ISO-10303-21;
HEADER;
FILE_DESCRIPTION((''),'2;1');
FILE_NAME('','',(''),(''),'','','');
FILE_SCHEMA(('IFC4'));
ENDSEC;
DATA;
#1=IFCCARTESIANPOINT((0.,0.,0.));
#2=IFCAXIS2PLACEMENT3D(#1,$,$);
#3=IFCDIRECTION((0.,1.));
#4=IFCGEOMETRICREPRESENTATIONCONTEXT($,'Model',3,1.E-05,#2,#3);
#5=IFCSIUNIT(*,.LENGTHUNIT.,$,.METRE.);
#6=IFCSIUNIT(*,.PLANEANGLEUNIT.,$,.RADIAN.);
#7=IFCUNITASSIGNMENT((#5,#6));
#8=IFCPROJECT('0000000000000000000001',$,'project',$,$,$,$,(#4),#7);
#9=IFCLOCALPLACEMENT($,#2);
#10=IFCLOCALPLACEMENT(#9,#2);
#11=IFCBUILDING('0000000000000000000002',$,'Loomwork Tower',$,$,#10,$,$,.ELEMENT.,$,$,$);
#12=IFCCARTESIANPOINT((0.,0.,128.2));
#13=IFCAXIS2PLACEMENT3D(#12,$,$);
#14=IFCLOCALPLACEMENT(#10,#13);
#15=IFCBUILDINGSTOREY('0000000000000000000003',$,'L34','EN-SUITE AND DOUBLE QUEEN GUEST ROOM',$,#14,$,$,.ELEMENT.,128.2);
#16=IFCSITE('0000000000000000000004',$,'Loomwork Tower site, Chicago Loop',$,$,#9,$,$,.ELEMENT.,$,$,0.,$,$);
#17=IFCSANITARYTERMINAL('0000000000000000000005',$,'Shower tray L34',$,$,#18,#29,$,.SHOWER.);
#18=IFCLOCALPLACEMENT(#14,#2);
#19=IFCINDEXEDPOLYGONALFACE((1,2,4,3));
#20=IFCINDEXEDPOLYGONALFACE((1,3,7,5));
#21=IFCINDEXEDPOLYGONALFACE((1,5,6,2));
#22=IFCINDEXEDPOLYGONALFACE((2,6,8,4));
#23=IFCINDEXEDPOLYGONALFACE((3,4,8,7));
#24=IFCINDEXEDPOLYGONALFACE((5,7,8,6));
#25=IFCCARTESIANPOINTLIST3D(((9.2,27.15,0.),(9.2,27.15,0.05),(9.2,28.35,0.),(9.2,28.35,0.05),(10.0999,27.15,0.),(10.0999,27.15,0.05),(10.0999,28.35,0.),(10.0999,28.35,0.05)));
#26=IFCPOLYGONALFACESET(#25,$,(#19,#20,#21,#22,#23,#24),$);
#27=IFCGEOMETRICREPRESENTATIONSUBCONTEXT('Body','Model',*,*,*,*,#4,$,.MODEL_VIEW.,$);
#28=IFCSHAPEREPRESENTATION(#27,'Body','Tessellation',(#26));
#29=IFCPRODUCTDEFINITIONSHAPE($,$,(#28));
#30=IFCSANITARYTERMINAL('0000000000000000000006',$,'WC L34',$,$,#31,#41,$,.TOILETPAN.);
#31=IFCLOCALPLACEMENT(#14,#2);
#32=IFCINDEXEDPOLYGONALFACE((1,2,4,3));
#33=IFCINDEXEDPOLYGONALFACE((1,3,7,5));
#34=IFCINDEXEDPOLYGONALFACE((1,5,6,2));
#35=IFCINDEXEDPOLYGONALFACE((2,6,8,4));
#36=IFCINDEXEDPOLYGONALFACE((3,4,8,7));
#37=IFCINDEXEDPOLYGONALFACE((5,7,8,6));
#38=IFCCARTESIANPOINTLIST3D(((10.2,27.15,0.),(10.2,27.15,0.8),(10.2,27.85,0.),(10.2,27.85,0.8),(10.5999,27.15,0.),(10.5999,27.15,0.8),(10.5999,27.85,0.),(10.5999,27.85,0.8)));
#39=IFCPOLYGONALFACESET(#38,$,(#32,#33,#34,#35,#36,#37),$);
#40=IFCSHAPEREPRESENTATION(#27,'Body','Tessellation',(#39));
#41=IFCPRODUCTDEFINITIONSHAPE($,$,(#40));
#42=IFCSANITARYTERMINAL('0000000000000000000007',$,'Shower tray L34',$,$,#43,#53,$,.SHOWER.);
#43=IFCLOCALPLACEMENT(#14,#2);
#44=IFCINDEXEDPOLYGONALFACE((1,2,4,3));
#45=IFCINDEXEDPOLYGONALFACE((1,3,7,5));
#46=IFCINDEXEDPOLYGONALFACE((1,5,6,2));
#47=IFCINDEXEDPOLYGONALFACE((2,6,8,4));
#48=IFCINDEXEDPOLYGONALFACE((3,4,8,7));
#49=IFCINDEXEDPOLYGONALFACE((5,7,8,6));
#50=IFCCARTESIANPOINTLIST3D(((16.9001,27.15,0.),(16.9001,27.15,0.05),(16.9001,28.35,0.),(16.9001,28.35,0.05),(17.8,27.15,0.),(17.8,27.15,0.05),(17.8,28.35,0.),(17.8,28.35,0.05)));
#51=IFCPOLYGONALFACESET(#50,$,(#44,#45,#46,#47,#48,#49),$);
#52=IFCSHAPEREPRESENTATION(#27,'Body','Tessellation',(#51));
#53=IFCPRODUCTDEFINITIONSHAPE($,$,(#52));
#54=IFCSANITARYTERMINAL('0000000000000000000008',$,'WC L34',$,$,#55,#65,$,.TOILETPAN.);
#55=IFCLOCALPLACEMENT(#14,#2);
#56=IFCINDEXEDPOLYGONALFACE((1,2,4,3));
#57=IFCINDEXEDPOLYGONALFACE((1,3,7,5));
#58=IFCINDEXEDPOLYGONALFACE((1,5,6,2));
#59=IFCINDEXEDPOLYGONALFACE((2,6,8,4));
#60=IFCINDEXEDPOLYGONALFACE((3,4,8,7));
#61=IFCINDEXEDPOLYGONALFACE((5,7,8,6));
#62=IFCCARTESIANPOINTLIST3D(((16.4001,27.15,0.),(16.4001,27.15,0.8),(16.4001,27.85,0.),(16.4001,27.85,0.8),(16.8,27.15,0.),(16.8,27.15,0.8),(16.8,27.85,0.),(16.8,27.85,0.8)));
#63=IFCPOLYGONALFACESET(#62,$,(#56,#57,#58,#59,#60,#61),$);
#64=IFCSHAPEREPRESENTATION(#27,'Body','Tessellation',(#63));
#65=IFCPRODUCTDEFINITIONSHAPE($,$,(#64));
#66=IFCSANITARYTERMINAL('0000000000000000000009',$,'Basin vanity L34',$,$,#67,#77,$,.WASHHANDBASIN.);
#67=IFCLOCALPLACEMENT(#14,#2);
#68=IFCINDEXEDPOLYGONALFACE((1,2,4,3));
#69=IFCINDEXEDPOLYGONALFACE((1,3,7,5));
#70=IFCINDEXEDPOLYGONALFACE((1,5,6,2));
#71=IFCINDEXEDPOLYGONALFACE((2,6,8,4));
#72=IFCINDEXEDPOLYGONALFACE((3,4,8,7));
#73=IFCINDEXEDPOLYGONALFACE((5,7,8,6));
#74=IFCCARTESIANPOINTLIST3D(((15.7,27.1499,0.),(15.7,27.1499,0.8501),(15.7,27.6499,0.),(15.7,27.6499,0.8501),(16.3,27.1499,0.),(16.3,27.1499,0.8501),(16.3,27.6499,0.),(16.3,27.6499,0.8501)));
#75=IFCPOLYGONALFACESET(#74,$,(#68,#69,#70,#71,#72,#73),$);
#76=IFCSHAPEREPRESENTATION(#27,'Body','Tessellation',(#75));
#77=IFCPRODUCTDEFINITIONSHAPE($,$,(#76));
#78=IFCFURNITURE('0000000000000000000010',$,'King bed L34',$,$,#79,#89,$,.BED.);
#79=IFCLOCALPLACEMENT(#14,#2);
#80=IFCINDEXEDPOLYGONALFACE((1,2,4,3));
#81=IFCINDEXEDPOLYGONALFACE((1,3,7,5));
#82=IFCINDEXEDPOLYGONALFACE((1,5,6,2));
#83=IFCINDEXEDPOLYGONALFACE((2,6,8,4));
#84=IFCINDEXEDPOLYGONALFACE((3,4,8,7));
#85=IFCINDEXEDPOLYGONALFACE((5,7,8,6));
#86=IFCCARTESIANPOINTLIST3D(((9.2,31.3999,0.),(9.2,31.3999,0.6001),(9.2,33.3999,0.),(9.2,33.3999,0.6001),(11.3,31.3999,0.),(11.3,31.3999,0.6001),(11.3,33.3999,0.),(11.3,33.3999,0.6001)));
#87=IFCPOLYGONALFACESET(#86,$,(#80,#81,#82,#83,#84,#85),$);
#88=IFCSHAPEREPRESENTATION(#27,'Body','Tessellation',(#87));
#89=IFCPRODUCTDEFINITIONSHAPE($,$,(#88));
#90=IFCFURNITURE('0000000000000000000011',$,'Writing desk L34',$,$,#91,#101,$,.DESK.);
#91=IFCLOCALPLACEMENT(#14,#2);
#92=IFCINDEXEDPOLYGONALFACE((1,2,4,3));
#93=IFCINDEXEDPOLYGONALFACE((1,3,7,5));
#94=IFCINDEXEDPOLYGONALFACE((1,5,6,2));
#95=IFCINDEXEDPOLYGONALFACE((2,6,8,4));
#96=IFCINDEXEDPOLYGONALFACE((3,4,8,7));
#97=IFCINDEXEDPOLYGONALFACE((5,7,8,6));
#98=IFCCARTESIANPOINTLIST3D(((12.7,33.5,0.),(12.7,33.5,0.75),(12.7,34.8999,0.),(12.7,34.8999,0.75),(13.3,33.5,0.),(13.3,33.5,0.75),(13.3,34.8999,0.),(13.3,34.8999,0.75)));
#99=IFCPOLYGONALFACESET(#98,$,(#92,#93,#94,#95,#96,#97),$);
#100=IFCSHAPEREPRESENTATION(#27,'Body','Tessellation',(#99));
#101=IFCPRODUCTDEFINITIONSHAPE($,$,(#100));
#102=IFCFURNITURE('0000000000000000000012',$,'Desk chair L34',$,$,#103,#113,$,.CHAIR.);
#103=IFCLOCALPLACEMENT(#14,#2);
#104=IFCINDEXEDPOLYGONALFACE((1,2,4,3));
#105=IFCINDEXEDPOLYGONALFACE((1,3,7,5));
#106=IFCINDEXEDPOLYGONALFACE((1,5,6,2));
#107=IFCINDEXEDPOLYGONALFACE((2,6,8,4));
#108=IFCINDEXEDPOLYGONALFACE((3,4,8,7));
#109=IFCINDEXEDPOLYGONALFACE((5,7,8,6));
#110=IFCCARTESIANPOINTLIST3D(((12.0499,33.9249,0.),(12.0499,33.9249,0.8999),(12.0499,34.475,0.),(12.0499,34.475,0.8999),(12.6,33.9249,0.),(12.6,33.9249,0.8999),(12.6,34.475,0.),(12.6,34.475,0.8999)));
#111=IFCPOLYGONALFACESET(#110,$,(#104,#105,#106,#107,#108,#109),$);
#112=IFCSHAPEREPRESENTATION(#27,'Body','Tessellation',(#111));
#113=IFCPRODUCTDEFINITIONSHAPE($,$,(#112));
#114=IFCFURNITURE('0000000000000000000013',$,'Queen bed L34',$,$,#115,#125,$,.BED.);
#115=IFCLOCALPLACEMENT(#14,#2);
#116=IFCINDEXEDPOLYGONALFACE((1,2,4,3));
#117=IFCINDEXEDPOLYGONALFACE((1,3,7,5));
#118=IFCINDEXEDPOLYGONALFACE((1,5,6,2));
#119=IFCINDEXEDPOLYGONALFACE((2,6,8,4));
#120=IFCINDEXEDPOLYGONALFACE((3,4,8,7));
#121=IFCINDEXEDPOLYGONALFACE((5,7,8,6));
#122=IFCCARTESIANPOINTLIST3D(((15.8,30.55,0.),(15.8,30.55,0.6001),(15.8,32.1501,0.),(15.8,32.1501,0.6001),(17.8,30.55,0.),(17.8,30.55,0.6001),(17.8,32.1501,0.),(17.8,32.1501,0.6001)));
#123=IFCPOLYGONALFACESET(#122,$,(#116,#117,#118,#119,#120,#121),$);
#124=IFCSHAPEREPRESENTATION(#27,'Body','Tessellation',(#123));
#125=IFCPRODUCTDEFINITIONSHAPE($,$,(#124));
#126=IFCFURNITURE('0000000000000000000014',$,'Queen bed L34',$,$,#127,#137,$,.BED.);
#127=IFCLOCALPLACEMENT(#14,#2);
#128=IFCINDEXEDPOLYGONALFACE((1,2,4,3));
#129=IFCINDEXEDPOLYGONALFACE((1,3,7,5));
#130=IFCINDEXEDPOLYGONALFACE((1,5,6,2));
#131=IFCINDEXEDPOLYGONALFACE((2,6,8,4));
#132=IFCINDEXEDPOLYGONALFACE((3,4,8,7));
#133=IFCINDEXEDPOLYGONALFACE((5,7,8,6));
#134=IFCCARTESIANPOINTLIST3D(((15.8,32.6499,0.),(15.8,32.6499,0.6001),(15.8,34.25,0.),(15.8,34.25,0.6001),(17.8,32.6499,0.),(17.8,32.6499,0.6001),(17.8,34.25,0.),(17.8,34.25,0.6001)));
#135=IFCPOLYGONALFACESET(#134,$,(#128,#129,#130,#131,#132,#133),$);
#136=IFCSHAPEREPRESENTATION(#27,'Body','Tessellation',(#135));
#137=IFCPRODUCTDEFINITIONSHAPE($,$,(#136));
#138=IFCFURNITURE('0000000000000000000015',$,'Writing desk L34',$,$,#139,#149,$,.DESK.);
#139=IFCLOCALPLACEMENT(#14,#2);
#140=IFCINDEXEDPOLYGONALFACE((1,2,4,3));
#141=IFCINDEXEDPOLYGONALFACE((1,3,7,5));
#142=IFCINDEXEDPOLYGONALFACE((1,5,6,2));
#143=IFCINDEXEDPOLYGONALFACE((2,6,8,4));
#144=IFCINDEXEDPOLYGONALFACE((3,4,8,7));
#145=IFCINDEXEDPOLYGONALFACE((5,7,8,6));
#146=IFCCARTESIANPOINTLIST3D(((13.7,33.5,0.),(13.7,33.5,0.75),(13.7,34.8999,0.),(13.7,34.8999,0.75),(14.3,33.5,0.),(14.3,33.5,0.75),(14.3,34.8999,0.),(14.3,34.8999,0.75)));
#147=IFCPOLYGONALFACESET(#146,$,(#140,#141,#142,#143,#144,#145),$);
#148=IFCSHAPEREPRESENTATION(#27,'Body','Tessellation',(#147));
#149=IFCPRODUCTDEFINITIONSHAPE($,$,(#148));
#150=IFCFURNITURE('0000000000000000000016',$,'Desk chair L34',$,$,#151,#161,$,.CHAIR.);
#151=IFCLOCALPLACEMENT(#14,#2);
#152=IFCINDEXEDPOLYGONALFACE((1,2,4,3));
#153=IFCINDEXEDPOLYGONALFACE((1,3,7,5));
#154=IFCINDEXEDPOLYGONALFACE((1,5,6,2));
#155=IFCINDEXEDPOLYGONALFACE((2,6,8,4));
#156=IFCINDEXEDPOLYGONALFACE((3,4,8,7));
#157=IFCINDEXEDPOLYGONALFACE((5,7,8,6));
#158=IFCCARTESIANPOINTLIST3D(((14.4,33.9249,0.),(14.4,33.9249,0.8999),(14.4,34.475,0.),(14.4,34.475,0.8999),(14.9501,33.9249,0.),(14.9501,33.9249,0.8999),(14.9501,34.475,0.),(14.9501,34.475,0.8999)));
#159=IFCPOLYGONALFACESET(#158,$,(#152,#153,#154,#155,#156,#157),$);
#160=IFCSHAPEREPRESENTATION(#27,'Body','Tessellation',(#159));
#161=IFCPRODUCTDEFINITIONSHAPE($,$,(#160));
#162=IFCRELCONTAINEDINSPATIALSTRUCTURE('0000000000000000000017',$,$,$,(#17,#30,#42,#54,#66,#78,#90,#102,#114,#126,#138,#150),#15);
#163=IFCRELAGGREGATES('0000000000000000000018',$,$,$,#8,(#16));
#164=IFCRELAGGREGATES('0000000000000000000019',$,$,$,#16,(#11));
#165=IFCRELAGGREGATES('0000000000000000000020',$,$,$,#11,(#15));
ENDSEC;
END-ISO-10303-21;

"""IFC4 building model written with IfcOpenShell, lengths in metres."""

from ifc_helpers import new_model, si_unit, direction, frame, origin, origin_2d, place, context, subcontext, project, spatial, rectangle, extrude, element, save


model = new_model("IFC4")

# Units and contexts
model_context = context("Model", 3, precision=1e-05, world=origin(), true_north=direction((0.0, 1.0)))
body_context = subcontext(model_context, "Body", "Model", "MODEL_VIEW")
ifc_project = project(units=[si_unit("LENGTHUNIT", "METRE"), si_unit("PLANEANGLEUNIT", "RADIAN")], contexts=[model_context])

# Site, building, storey
site_placement = place(None, origin())
site = spatial("IfcSite", under=ifc_project, at=site_placement, Name="Loomwork Tower site, Chicago Loop", CompositionType="ELEMENT", RefElevation=0.0)
building_placement = place(site_placement, origin())
building = spatial("IfcBuilding", under=site, at=building_placement, Name="Loomwork Tower", CompositionType="ELEMENT")
storey_placement = place(building_placement, frame((0.0, 0.0, 128.2)))
storey = spatial("IfcBuildingStorey", under=building, at=storey_placement, Name="L34", Description="EN-SUITE AND DOUBLE QUEEN GUEST ROOM", CompositionType="ELEMENT", Elevation=128.2)

# Sanitary terminals
sanitary_terminal_1_placement = place(storey_placement, frame((9.6499, 27.75, 0.0), z_axis=(0.0, 0.0, 1.0), x_axis=(1.0, 0.0, 0.0)))
element("IfcSanitaryTerminal", 1, at=sanitary_terminal_1_placement, inside=storey, Name="Shower tray L34", PredefinedType="SHOWER", context=body_context, shape_type="SweptSolid", body=[
    extrude(rectangle(XDim=0.8999, YDim=1.2, at=origin_2d()), origin(), (0.0, 0.0, 1.0), 0.05),
])
sanitary_terminal_2_placement = place(storey_placement, frame((10.3999, 27.5, 0.0), z_axis=(0.0, 0.0, 1.0), x_axis=(1.0, 0.0, 0.0)))
element("IfcSanitaryTerminal", 2, at=sanitary_terminal_2_placement, inside=storey, Name="WC L34", PredefinedType="TOILETPAN", context=body_context, shape_type="SweptSolid", body=[
    extrude(rectangle(XDim=0.3999, YDim=0.7, at=origin_2d()), origin(), (0.0, 0.0, 1.0), 0.8),
])
sanitary_terminal_3_placement = place(storey_placement, frame((17.3501, 27.75, 0.0), z_axis=(0.0, 0.0, 1.0), x_axis=(1.0, 0.0, 0.0)))
element("IfcSanitaryTerminal", 3, at=sanitary_terminal_3_placement, inside=storey, Name="Shower tray L34", PredefinedType="SHOWER", context=body_context, shape_type="SweptSolid", body=[
    extrude(rectangle(XDim=0.8999, YDim=1.2, at=origin_2d()), origin(), (0.0, 0.0, 1.0), 0.05),
])
sanitary_terminal_4_placement = place(storey_placement, frame((16.6001, 27.5, 0.0), z_axis=(0.0, 0.0, 1.0), x_axis=(1.0, 0.0, 0.0)))
element("IfcSanitaryTerminal", 4, at=sanitary_terminal_4_placement, inside=storey, Name="WC L34", PredefinedType="TOILETPAN", context=body_context, shape_type="SweptSolid", body=[
    extrude(rectangle(XDim=0.3999, YDim=0.7, at=origin_2d()), origin(), (0.0, 0.0, 1.0), 0.8),
])
sanitary_terminal_5_placement = place(storey_placement, frame((16.0, 27.3999, 0.0), z_axis=(0.0, 0.0, 1.0), x_axis=(1.0, 0.0, 0.0)))
element("IfcSanitaryTerminal", 5, at=sanitary_terminal_5_placement, inside=storey, Name="Basin vanity L34", PredefinedType="WASHHANDBASIN", context=body_context, shape_type="SweptSolid", body=[
    extrude(rectangle(XDim=0.6001, YDim=0.5, at=origin_2d()), origin(), (0.0, 0.0, 1.0), 0.8501),
])

# Furniture
furniture_1_placement = place(storey_placement, frame((10.25, 32.3999, 0.0), z_axis=(0.0, 0.0, 1.0), x_axis=(1.0, 0.0, 0.0)))
element("IfcFurniture", 6, at=furniture_1_placement, inside=storey, Name="King bed L34", PredefinedType="BED", context=body_context, shape_type="SweptSolid", body=[
    extrude(rectangle(XDim=2.1001, YDim=2.0, at=origin_2d()), origin(), (0.0, 0.0, 1.0), 0.6001),
])
furniture_2_placement = place(storey_placement, frame((13.0, 34.2, 0.0), z_axis=(0.0, 0.0, 1.0), x_axis=(1.0, 0.0, 0.0)))
element("IfcFurniture", 7, at=furniture_2_placement, inside=storey, Name="Writing desk L34", PredefinedType="DESK", context=body_context, shape_type="SweptSolid", body=[
    extrude(rectangle(XDim=0.6001, YDim=1.3999, at=origin_2d()), origin(), (0.0, 0.0, 1.0), 0.75),
])
furniture_3_placement = place(storey_placement, frame((12.325, 34.2, 0.0), z_axis=(0.0, 0.0, 1.0), x_axis=(1.0, 0.0, 0.0)))
element("IfcFurniture", 8, at=furniture_3_placement, inside=storey, Name="Desk chair L34", PredefinedType="CHAIR", context=body_context, shape_type="SweptSolid", body=[
    extrude(rectangle(XDim=0.55, YDim=0.55, at=origin_2d()), origin(), (0.0, 0.0, 1.0), 0.8999),
])
for number, where, z_axis, x_axis, name in (
    (9, (16.8, 31.3501, 0.0), (0.0, 0.0, 1.0), (1.0, 0.0, 0.0), "Queen bed L34"),
    (10, (16.8, 33.45, 0.0), (0.0, 0.0, 1.0), (1.0, 0.0, 0.0), "Queen bed L34"),
):
    element("IfcFurniture", number, at=place(storey_placement, frame(where, z_axis=z_axis, x_axis=x_axis)), inside=storey, Name=name, PredefinedType="BED", context=body_context, shape_type="SweptSolid", body=[
        extrude(rectangle(XDim=2.0, YDim=1.6001, at=origin_2d()), origin(), (0.0, 0.0, 1.0), 0.6001),
    ])
furniture_4_placement = place(storey_placement, frame((14.0, 34.2, 0.0), z_axis=(0.0, 0.0, 1.0), x_axis=(1.0, 0.0, 0.0)))
element("IfcFurniture", 11, at=furniture_4_placement, inside=storey, Name="Writing desk L34", PredefinedType="DESK", context=body_context, shape_type="SweptSolid", body=[
    extrude(rectangle(XDim=0.6001, YDim=1.3999, at=origin_2d()), origin(), (0.0, 0.0, 1.0), 0.75),
])
furniture_5_placement = place(storey_placement, frame((14.675, 34.2, 0.0), z_axis=(0.0, 0.0, 1.0), x_axis=(1.0, 0.0, 0.0)))
element("IfcFurniture", 12, at=furniture_5_placement, inside=storey, Name="Desk chair L34", PredefinedType="CHAIR", context=body_context, shape_type="SweptSolid", body=[
    extrude(rectangle(XDim=0.55, YDim=0.55, at=origin_2d()), origin(), (0.0, 0.0, 1.0), 0.8999),
])

save(model, "model.ifc")
